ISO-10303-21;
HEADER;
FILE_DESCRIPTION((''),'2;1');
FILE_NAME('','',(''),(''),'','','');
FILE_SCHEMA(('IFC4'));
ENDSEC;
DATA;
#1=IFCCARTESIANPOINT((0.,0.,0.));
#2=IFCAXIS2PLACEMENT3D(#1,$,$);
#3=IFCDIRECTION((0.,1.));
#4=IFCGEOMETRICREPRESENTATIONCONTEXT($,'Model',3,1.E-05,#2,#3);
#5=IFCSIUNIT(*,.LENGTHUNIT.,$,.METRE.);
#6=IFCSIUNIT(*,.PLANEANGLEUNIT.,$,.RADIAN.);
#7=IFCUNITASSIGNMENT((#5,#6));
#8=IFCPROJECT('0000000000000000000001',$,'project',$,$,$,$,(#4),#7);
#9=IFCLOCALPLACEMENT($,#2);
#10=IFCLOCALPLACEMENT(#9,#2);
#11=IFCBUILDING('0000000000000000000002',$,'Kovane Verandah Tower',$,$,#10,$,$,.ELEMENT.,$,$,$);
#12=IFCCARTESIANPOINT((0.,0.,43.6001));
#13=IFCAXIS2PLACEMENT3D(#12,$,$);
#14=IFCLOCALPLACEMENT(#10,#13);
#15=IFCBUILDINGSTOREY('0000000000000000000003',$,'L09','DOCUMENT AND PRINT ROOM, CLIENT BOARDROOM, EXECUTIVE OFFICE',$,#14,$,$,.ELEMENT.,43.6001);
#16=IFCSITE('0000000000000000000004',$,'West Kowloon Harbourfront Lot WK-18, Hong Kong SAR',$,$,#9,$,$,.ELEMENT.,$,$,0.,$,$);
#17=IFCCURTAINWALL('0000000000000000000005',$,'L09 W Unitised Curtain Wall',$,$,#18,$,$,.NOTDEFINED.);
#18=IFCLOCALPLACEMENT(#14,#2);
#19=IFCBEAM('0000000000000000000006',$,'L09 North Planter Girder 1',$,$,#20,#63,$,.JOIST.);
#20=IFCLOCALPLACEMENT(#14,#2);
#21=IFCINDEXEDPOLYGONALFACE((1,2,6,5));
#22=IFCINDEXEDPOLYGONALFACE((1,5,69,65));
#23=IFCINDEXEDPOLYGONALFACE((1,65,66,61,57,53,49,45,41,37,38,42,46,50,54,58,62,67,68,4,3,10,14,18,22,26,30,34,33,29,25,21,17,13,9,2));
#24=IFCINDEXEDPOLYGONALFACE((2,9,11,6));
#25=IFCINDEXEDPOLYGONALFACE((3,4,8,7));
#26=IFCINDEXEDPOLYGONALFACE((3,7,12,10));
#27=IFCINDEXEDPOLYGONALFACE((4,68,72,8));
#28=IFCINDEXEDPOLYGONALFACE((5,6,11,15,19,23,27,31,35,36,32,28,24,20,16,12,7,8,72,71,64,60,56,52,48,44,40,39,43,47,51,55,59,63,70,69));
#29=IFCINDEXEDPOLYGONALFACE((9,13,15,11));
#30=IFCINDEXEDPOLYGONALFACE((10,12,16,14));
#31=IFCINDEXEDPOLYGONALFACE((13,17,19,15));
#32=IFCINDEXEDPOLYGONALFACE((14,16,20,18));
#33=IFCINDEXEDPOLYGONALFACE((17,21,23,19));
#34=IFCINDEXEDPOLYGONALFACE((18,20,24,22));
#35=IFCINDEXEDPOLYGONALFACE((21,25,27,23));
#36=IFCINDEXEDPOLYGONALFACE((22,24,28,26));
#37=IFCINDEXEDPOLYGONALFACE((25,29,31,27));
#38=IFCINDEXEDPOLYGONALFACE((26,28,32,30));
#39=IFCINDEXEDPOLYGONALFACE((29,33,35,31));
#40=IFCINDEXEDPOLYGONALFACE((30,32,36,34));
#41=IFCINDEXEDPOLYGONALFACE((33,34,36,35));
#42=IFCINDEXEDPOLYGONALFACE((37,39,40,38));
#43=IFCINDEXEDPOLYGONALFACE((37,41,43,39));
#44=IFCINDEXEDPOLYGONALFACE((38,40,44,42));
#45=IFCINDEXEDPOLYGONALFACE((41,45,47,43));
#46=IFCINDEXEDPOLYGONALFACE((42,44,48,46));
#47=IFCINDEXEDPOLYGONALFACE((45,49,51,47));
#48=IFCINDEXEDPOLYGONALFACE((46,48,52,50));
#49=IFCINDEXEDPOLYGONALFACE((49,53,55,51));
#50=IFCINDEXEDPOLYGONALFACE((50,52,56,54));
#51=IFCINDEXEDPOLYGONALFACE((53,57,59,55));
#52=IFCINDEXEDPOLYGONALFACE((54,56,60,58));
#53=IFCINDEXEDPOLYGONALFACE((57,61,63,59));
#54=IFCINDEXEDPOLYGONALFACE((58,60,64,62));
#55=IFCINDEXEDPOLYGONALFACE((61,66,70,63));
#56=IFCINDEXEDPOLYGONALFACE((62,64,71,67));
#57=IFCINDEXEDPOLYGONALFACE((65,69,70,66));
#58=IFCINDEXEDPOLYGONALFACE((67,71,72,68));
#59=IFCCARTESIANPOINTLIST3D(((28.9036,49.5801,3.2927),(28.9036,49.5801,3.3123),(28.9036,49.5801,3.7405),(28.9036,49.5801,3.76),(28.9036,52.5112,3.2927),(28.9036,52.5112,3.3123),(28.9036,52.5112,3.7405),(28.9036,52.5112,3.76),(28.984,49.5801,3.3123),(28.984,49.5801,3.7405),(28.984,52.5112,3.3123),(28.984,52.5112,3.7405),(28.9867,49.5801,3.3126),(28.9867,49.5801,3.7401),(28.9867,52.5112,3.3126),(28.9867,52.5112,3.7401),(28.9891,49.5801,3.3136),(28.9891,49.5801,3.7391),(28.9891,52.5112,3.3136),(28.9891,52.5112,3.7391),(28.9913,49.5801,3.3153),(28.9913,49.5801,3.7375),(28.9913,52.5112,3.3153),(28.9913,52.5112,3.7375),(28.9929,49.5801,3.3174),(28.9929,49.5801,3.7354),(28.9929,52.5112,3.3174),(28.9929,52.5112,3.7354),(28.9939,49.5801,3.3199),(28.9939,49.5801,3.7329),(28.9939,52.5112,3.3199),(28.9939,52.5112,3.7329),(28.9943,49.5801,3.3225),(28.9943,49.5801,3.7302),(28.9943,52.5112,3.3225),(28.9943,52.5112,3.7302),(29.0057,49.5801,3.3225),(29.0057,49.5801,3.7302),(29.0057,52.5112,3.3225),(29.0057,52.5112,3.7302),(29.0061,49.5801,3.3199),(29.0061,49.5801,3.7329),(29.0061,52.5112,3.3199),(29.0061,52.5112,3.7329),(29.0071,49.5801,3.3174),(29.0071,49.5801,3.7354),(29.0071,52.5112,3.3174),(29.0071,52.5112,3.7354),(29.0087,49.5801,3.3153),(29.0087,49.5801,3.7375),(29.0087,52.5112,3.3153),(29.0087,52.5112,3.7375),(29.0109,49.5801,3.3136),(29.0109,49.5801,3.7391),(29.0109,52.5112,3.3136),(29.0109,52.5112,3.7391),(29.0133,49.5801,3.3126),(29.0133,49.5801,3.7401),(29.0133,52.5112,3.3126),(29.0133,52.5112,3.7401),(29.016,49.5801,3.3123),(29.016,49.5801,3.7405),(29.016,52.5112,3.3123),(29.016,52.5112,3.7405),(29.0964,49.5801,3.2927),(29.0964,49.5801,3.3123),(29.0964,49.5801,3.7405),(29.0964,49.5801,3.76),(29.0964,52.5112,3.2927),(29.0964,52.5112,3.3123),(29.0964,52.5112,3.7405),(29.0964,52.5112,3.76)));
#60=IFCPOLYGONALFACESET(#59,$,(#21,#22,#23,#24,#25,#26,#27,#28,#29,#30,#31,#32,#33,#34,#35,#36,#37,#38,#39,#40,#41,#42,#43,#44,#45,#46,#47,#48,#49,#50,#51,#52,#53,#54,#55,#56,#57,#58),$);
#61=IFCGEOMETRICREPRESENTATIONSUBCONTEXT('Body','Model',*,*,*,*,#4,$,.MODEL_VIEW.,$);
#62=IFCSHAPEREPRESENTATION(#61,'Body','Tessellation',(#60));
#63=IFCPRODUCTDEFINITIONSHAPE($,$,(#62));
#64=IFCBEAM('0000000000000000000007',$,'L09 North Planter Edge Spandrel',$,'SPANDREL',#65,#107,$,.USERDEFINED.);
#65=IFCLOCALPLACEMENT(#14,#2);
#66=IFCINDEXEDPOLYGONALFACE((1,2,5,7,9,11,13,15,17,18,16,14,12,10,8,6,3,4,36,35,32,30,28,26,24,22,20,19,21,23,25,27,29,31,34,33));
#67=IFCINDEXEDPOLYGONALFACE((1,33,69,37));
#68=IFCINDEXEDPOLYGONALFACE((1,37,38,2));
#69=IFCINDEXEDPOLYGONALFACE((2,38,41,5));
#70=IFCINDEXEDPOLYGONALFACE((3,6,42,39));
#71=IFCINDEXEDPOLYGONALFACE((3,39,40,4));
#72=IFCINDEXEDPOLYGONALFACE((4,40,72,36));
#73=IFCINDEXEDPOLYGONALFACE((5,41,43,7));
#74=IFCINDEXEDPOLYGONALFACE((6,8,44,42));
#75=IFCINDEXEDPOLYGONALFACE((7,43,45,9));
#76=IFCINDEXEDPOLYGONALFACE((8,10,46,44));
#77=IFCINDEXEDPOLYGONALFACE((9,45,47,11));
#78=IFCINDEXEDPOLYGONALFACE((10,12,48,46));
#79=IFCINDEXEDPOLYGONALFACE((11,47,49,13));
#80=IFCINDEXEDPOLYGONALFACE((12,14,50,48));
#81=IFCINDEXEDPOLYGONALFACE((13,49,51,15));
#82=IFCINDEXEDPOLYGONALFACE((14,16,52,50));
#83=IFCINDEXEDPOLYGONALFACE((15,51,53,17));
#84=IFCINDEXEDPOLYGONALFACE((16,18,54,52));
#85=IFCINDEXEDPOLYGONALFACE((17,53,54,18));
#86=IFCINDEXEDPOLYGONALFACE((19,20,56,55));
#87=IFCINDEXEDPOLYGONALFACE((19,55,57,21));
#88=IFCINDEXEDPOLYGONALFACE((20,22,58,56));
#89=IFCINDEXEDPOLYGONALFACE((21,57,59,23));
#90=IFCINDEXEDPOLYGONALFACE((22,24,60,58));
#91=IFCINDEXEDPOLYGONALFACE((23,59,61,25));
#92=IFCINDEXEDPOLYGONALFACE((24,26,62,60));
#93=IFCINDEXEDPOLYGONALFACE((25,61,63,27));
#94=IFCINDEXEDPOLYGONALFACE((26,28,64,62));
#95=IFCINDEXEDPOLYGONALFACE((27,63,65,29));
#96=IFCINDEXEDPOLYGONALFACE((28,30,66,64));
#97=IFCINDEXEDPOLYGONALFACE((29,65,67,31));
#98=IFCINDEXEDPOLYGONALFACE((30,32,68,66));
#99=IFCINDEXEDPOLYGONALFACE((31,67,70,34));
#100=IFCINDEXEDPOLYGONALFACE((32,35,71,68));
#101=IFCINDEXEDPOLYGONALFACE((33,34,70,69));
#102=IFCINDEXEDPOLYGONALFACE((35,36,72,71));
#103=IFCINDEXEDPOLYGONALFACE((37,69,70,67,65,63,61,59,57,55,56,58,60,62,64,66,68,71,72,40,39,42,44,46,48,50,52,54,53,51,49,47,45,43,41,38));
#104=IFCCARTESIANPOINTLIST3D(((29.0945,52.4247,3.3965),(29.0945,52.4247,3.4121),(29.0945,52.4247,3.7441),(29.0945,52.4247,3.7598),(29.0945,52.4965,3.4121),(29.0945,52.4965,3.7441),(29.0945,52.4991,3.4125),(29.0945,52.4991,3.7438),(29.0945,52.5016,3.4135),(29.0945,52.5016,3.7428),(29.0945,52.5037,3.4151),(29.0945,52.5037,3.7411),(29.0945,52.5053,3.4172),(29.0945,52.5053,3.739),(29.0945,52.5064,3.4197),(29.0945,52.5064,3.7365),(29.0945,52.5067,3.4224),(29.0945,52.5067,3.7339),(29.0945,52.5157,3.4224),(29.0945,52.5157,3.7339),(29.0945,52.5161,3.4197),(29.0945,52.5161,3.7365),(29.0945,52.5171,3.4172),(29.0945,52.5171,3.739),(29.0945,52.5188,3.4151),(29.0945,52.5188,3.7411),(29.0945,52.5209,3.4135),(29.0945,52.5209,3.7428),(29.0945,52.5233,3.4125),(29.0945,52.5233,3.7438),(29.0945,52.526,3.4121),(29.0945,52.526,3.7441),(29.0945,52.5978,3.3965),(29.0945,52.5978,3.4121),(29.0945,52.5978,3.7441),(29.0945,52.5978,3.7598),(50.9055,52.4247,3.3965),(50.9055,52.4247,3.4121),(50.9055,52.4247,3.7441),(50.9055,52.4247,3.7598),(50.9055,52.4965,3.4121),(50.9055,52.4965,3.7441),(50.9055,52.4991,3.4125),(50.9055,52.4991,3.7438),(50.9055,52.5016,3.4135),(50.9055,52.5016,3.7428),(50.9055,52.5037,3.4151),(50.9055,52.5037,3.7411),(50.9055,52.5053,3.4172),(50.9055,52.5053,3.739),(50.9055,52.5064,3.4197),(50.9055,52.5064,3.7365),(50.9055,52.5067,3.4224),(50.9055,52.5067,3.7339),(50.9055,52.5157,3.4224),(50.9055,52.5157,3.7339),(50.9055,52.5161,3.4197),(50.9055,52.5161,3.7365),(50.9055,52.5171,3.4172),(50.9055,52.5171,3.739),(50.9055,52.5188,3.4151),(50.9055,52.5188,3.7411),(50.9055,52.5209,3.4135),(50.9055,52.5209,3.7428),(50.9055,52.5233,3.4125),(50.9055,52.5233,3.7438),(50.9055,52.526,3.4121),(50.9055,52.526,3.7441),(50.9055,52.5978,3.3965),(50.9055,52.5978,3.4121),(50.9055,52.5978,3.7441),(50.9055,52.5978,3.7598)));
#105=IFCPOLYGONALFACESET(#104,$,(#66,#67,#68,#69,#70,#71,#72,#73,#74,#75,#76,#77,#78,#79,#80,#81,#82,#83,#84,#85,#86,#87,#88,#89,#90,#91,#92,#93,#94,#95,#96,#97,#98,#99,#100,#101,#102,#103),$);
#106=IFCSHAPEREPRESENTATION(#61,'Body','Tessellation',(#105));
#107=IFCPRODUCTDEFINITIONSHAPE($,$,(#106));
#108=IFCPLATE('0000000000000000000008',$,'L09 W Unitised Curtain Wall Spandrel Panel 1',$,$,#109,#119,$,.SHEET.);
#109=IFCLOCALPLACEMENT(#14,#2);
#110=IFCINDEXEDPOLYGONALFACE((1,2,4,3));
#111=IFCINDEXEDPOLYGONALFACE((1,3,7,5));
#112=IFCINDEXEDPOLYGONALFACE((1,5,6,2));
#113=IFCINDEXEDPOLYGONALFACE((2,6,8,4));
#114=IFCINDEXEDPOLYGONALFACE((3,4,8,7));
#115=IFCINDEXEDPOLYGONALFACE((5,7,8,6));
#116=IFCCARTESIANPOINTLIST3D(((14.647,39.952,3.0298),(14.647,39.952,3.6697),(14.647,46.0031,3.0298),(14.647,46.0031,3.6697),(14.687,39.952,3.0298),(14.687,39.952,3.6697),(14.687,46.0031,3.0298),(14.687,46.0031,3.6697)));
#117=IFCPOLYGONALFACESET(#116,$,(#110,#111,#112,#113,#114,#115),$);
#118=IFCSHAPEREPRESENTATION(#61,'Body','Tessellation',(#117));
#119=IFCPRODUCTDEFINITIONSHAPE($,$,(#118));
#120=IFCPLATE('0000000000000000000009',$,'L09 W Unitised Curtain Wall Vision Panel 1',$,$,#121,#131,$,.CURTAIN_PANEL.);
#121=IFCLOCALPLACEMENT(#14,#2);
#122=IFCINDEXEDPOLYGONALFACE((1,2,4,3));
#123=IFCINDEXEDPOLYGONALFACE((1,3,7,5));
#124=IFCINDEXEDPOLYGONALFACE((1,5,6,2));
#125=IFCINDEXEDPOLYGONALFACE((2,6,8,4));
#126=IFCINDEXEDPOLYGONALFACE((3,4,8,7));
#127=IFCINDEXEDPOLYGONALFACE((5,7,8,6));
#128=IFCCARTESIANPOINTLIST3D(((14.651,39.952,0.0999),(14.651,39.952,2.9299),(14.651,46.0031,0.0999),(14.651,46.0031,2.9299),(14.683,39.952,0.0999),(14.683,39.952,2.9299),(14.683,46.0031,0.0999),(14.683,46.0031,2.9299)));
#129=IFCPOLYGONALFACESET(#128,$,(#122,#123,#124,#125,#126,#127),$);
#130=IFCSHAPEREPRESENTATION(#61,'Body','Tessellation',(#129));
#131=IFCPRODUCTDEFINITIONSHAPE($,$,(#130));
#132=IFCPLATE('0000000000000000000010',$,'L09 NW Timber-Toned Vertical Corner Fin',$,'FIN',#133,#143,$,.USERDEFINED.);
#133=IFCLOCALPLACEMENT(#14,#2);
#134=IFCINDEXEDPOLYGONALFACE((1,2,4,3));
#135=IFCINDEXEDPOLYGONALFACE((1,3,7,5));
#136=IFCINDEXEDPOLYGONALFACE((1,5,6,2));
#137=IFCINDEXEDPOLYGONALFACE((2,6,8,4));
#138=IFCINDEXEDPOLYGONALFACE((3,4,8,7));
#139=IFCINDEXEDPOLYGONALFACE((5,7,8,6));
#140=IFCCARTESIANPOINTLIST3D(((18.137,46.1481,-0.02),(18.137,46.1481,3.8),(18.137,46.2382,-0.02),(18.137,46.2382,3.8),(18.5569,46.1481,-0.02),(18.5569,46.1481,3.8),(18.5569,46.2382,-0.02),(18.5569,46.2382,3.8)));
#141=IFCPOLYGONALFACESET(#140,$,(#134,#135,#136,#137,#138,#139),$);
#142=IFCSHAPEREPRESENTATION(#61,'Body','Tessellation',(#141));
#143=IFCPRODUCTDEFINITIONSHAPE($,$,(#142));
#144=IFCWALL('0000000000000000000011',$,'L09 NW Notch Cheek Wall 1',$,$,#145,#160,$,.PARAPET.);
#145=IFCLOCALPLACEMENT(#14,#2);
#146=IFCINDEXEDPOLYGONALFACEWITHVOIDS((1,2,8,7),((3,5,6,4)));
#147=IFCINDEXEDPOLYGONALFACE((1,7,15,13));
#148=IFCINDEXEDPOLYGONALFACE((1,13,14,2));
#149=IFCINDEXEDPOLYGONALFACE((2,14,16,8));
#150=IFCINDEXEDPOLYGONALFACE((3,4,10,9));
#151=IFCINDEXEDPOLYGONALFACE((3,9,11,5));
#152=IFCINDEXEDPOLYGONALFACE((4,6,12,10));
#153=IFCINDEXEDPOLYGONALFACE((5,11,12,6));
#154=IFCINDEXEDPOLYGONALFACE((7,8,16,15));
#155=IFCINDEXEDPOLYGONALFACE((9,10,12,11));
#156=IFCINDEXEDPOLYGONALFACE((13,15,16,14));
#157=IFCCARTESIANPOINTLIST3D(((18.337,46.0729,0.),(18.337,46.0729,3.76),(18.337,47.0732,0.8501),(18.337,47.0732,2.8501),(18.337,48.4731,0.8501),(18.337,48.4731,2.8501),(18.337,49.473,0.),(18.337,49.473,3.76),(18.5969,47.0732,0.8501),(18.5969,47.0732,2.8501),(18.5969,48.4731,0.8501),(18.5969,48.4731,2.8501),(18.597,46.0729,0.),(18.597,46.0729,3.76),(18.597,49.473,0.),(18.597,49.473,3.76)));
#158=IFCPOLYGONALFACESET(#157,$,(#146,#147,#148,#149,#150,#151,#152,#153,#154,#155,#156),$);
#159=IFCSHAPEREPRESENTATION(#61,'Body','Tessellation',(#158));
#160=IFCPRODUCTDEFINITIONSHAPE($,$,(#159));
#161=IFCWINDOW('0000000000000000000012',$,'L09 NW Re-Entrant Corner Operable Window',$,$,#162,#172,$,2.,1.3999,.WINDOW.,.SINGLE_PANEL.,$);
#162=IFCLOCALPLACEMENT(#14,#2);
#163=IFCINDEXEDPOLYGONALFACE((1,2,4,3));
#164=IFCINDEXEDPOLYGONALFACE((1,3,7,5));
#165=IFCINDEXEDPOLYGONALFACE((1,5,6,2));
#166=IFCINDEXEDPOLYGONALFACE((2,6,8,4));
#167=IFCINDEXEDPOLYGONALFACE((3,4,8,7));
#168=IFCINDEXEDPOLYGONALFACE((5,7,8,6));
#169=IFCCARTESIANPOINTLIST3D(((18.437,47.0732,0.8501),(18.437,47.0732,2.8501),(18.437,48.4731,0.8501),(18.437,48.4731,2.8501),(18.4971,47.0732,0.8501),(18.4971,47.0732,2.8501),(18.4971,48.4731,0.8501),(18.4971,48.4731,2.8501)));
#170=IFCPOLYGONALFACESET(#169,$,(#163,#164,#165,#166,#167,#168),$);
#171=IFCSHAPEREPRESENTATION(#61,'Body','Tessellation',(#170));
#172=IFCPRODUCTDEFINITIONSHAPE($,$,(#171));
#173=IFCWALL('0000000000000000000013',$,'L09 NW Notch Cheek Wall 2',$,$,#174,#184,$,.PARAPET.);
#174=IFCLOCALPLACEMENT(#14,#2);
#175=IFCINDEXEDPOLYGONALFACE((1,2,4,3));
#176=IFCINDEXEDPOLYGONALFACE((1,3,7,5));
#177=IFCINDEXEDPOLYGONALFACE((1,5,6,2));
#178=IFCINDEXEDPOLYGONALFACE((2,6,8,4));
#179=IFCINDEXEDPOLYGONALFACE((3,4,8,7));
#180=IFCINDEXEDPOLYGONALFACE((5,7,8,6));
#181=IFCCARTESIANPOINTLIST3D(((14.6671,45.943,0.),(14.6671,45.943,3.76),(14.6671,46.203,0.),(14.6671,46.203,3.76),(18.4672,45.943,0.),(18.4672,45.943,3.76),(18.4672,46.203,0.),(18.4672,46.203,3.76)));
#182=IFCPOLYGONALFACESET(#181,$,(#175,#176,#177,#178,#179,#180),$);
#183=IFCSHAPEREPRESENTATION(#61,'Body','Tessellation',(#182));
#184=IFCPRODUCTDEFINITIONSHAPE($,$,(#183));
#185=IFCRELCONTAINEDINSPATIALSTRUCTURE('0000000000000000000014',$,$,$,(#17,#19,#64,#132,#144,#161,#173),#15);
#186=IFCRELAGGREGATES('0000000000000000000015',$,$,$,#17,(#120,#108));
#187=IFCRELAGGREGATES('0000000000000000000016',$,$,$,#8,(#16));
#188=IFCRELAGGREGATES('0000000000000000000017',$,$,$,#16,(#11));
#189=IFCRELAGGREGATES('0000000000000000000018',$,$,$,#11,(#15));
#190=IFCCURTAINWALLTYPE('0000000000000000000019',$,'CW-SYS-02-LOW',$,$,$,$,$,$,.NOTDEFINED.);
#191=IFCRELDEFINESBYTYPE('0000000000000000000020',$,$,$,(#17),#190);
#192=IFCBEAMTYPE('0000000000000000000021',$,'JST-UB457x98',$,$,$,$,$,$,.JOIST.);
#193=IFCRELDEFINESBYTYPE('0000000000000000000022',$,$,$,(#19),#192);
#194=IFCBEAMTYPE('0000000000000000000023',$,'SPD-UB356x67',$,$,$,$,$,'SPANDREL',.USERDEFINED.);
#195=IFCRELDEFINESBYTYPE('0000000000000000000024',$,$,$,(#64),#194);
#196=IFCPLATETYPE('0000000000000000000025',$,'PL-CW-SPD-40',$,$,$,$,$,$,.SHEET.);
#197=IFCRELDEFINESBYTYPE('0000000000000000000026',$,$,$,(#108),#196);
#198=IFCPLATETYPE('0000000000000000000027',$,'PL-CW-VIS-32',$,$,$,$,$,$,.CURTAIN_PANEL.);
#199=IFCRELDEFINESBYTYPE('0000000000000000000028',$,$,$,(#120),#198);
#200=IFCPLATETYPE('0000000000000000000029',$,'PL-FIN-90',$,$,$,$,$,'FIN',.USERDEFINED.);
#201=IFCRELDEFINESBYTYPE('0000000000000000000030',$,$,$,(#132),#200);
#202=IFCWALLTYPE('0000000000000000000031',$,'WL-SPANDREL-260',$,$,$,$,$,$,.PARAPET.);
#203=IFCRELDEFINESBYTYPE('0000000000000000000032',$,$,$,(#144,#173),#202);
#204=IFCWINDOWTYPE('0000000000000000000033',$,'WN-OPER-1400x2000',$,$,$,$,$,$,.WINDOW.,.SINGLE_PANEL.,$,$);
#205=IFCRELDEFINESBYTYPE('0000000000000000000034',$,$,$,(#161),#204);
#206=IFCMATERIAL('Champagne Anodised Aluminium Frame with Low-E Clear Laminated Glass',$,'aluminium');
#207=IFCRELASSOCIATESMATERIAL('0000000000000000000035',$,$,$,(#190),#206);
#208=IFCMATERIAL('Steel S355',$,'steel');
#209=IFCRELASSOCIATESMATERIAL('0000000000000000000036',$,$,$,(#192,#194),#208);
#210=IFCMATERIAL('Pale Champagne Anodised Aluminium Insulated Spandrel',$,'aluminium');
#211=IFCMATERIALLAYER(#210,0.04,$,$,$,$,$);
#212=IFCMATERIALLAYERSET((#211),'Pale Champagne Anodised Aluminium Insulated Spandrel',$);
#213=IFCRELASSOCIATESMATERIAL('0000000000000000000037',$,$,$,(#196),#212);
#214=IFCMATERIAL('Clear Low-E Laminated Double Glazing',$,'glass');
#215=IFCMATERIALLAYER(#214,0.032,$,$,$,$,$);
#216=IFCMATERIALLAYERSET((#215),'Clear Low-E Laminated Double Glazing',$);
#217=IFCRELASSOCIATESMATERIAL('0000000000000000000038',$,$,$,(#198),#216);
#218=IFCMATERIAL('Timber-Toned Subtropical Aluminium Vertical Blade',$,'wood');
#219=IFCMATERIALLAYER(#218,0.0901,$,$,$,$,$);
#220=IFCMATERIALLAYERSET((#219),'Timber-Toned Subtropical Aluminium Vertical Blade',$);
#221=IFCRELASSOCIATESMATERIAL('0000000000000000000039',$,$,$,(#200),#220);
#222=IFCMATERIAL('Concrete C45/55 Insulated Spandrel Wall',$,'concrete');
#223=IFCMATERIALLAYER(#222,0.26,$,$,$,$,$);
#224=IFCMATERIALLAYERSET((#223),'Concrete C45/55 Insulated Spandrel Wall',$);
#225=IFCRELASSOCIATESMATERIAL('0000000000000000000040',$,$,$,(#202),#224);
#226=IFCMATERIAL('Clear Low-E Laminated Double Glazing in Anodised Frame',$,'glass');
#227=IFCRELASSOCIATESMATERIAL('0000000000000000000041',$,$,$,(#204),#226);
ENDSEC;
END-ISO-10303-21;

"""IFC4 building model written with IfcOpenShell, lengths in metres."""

from ifc_helpers import new_model, si_unit, direction, frame, frame_2d, origin, origin_2d, place, context, subcontext, project, spatial, rectangle, i_section, extrude, material, layer, layer_set, material_profile, profile_set, type_object, element, fill, aggregate, save


model = new_model("IFC4")

# Units and contexts
model_context = context("Model", 3, precision=1e-05, world=origin(), true_north=direction((0.0, 1.0)))
body_context = subcontext(model_context, "Body", "Model", "MODEL_VIEW")
ifc_project = project(units=[si_unit("LENGTHUNIT", "METRE"), si_unit("PLANEANGLEUNIT", "RADIAN")], contexts=[model_context])

# Site, building, storey
site_placement = place(None, origin())
site = spatial("IfcSite", under=ifc_project, at=site_placement, Name="West Kowloon Harbourfront Lot WK-18, Hong Kong SAR", CompositionType="ELEMENT", RefElevation=0.0)
building_placement = place(site_placement, origin())
building = spatial("IfcBuilding", under=site, at=building_placement, Name="Kovane Verandah Tower", CompositionType="ELEMENT")
storey_placement = place(building_placement, frame((0.0, 0.0, 43.6001)))
storey = spatial("IfcBuildingStorey", under=building, at=storey_placement, Name="L09", Description="DOCUMENT AND PRINT ROOM, CLIENT BOARDROOM, EXECUTIVE OFFICE", CompositionType="ELEMENT", Elevation=43.6001)

# Shared definitions
ifc_material_1 = material(Name="Steel S355", Category="steel")

# Curtain wall
ifc_material_2 = material(Name="Champagne Anodised Aluminium Frame with Low-E Clear Laminated Glass", Category="aluminium")
curtain_wall_type = type_object("IfcCurtainWallType", Name="CW-SYS-02-LOW", PredefinedType="NOTDEFINED", material=ifc_material_2)
curtain_wall_placement = place(storey_placement, origin())
curtain_wall = element("IfcCurtainWall", 1, at=curtain_wall_placement, inside=storey, type_object=curtain_wall_type, Name="L09 W Unitised Curtain Wall", PredefinedType="NOTDEFINED")

# Beams
ifc_material_profile_1 = material_profile(ifc_material_1, i_section(OverallWidth=0.1929, OverallDepth=0.4673, WebThickness=0.0115, FlangeThickness=0.0195, FilletRadius=0.0103, at=origin_2d()), Name="UB457x191x98")
ifc_profile_set_1 = profile_set([ifc_material_profile_1], Name="Steel S355")
beam_type_1 = type_object("IfcBeamType", Name="JST-UB457x98", PredefinedType="JOIST", material=ifc_profile_set_1)
beam_1_placement = place(storey_placement, frame((29.0, 49.5801, 3.5264), z_axis=(0.0, 1.0, 0.0), x_axis=(-1.0, 0.0, 0.0)))
element("IfcBeam", 2, at=beam_1_placement, inside=storey, type_object=beam_type_1, Name="L09 North Planter Girder 1", PredefinedType="JOIST", context=body_context, shape_type="SweptSolid", body=[
    extrude(i_section(OverallWidth=0.1929, OverallDepth=0.4673, WebThickness=0.0115, FlangeThickness=0.0195, FilletRadius=0.0103, at=origin_2d()), origin(), (0.0, 0.0, 1.0), 2.9312),
])
ifc_material_profile_2 = material_profile(ifc_material_1, i_section(OverallWidth=0.1731, OverallDepth=0.3633, WebThickness=0.009, FlangeThickness=0.0156, FilletRadius=0.0103, at=origin_2d()), Name="UB356x171x67")
ifc_profile_set_2 = profile_set([ifc_material_profile_2], Name="Steel S355")
beam_type_2 = type_object("IfcBeamType", Name="SPD-UB356x67", ElementType="SPANDREL", PredefinedType="USERDEFINED", material=ifc_profile_set_2)
beam_2_placement = place(storey_placement, frame((29.0945, 52.5112, 3.5781), z_axis=(1.0, 0.0, 0.0), x_axis=(0.0, 1.0, 0.0)))
element("IfcBeam", 3, at=beam_2_placement, inside=storey, type_object=beam_type_2, Name="L09 North Planter Edge Spandrel", ObjectType="SPANDREL", PredefinedType="USERDEFINED", context=body_context, shape_type="SweptSolid", body=[
    extrude(i_section(OverallWidth=0.1731, OverallDepth=0.3633, WebThickness=0.009, FlangeThickness=0.0156, FilletRadius=0.0103, at=origin_2d()), origin(), (0.0, 0.0, 1.0), 21.811),
])

# Plates
ifc_material_3 = material(Name="Pale Champagne Anodised Aluminium Insulated Spandrel", Category="aluminium")
ifc_layer_1 = layer(ifc_material_3, 0.04)
ifc_layer_set_1 = layer_set([ifc_layer_1], Name="Pale Champagne Anodised Aluminium Insulated Spandrel")
plate_type_1 = type_object("IfcPlateType", Name="PL-CW-SPD-40", PredefinedType="SHEET", material=ifc_layer_set_1)
plate_1_placement = place(storey_placement, frame((14.667, 42.9775, 3.0298), z_axis=(0.0, 0.0, 1.0), x_axis=(0.0, -1.0, 0.0)))
plate_1 = element("IfcPlate", 4, at=plate_1_placement, type_object=plate_type_1, Name="L09 W Unitised Curtain Wall Spandrel Panel 1", PredefinedType="SHEET", context=body_context, shape_type="SweptSolid", body=[
    extrude(rectangle(XDim=6.051, YDim=0.04, at=origin_2d()), origin(), (0.0, 0.0, 1.0), 0.6399),
])
ifc_material_4 = material(Name="Clear Low-E Laminated Double Glazing", Category="glass")
ifc_layer_2 = layer(ifc_material_4, 0.032)
ifc_layer_set_2 = layer_set([ifc_layer_2], Name="Clear Low-E Laminated Double Glazing")
plate_type_2 = type_object("IfcPlateType", Name="PL-CW-VIS-32", PredefinedType="CURTAIN_PANEL", material=ifc_layer_set_2)
plate_2_placement = place(storey_placement, frame((14.667, 42.9775, 0.0999), z_axis=(0.0, 0.0, 1.0), x_axis=(0.0, -1.0, 0.0)))
plate_2 = element("IfcPlate", 5, at=plate_2_placement, type_object=plate_type_2, Name="L09 W Unitised Curtain Wall Vision Panel 1", PredefinedType="CURTAIN_PANEL", context=body_context, shape_type="SweptSolid", body=[
    extrude(rectangle(XDim=6.051, YDim=0.032, at=origin_2d()), origin(), (0.0, 0.0, 1.0), 2.8301),
])
aggregate(curtain_wall, [plate_2, plate_1])
ifc_material_5 = material(Name="Timber-Toned Subtropical Aluminium Vertical Blade", Category="wood")
ifc_layer_3 = layer(ifc_material_5, 0.0901)
ifc_layer_set_3 = layer_set([ifc_layer_3], Name="Timber-Toned Subtropical Aluminium Vertical Blade")
plate_type_3 = type_object("IfcPlateType", Name="PL-FIN-90", ElementType="FIN", PredefinedType="USERDEFINED", material=ifc_layer_set_3)
plate_3_placement = place(storey_placement, frame((18.3469, 46.1931, -0.02), z_axis=(0.0, 0.0, 1.0), x_axis=(1.0, 0.0, 0.0)))
element("IfcPlate", 6, at=plate_3_placement, inside=storey, type_object=plate_type_3, Name="L09 NW Timber-Toned Vertical Corner Fin", ObjectType="FIN", PredefinedType="USERDEFINED", context=body_context, shape_type="SweptSolid", body=[
    extrude(rectangle(XDim=0.4199, YDim=0.0901, at=origin_2d()), origin(), (0.0, 0.0, 1.0), 3.8201),
])

# Wall, opening, window
ifc_material_6 = material(Name="Concrete C45/55 Insulated Spandrel Wall", Category="concrete")
ifc_layer_4 = layer(ifc_material_6, 0.26)
ifc_layer_set_4 = layer_set([ifc_layer_4], Name="Concrete C45/55 Insulated Spandrel Wall")
wall_type = type_object("IfcWallType", Name="WL-SPANDREL-260", PredefinedType="PARAPET", material=ifc_layer_set_4)
wall_1_placement = place(storey_placement, frame((18.467, 49.4731, 0.0), z_axis=(0.0, 0.0, 1.0), x_axis=(0.0, -1.0, 0.0)))
wall_1 = element("IfcWall", 7, at=wall_1_placement, inside=storey, type_object=wall_type, Name="L09 NW Notch Cheek Wall 1", PredefinedType="PARAPET", context=body_context, shape_type="SweptSolid", body=[
    extrude(rectangle(XDim=3.4001, YDim=0.26, at=frame_2d((1.7002, 0.0))), origin(), (0.0, 0.0, 1.0), 3.76),
])
opening_placement = place(wall_1_placement, frame((1.0, 0.0, 0.8501)))
opening = element("IfcOpeningElement", 8, at=opening_placement, cuts=wall_1, PredefinedType="OPENING", context=body_context, shape_type="SweptSolid", body=[
    extrude(rectangle(XDim=1.3999, YDim=2.0, at=frame_2d((0.7, 1.0))), frame((0.0, 0.1299, 0.0), z_axis=(0.0, -1.0, 0.0), x_axis=(1.0, 0.0, 0.0)), (0.0, 0.0, 1.0), 0.26),
])
ifc_material_7 = material(Name="Clear Low-E Laminated Double Glazing in Anodised Frame", Category="glass")
window_type = type_object("IfcWindowType", Name="WN-OPER-1400x2000", PartitioningType="SINGLE_PANEL", PredefinedType="WINDOW", material=ifc_material_7)
window_placement = place(opening_placement, origin())
window = element("IfcWindow", 9, at=window_placement, inside=storey, type_object=window_type, Name="L09 NW Re-Entrant Corner Operable Window", OverallHeight=2.0, OverallWidth=1.3999, PartitioningType="SINGLE_PANEL", PredefinedType="WINDOW", context=body_context, shape_type="SweptSolid", body=[
    extrude(rectangle(XDim=1.3999, YDim=2.0, at=frame_2d((0.7, 1.0))), frame((0.0, 0.03, 0.0), z_axis=(0.0, -1.0, 0.0), x_axis=(1.0, 0.0, 0.0)), (0.0, 0.0, 1.0), 0.0601),
])
fill(opening, window)

# Wall
wall_2_placement = place(storey_placement, frame((18.467, 46.073, 0.0), z_axis=(0.0, 0.0, 1.0), x_axis=(-1.0, 0.0, 0.0)))
element("IfcWall", 10, at=wall_2_placement, inside=storey, type_object=wall_type, Name="L09 NW Notch Cheek Wall 2", PredefinedType="PARAPET", context=body_context, shape_type="SweptSolid", body=[
    extrude(rectangle(XDim=3.8, YDim=0.26, at=frame_2d((1.8999, 0.0))), origin(), (0.0, 0.0, 1.0), 3.76),
])

save(model, "model.ifc")
